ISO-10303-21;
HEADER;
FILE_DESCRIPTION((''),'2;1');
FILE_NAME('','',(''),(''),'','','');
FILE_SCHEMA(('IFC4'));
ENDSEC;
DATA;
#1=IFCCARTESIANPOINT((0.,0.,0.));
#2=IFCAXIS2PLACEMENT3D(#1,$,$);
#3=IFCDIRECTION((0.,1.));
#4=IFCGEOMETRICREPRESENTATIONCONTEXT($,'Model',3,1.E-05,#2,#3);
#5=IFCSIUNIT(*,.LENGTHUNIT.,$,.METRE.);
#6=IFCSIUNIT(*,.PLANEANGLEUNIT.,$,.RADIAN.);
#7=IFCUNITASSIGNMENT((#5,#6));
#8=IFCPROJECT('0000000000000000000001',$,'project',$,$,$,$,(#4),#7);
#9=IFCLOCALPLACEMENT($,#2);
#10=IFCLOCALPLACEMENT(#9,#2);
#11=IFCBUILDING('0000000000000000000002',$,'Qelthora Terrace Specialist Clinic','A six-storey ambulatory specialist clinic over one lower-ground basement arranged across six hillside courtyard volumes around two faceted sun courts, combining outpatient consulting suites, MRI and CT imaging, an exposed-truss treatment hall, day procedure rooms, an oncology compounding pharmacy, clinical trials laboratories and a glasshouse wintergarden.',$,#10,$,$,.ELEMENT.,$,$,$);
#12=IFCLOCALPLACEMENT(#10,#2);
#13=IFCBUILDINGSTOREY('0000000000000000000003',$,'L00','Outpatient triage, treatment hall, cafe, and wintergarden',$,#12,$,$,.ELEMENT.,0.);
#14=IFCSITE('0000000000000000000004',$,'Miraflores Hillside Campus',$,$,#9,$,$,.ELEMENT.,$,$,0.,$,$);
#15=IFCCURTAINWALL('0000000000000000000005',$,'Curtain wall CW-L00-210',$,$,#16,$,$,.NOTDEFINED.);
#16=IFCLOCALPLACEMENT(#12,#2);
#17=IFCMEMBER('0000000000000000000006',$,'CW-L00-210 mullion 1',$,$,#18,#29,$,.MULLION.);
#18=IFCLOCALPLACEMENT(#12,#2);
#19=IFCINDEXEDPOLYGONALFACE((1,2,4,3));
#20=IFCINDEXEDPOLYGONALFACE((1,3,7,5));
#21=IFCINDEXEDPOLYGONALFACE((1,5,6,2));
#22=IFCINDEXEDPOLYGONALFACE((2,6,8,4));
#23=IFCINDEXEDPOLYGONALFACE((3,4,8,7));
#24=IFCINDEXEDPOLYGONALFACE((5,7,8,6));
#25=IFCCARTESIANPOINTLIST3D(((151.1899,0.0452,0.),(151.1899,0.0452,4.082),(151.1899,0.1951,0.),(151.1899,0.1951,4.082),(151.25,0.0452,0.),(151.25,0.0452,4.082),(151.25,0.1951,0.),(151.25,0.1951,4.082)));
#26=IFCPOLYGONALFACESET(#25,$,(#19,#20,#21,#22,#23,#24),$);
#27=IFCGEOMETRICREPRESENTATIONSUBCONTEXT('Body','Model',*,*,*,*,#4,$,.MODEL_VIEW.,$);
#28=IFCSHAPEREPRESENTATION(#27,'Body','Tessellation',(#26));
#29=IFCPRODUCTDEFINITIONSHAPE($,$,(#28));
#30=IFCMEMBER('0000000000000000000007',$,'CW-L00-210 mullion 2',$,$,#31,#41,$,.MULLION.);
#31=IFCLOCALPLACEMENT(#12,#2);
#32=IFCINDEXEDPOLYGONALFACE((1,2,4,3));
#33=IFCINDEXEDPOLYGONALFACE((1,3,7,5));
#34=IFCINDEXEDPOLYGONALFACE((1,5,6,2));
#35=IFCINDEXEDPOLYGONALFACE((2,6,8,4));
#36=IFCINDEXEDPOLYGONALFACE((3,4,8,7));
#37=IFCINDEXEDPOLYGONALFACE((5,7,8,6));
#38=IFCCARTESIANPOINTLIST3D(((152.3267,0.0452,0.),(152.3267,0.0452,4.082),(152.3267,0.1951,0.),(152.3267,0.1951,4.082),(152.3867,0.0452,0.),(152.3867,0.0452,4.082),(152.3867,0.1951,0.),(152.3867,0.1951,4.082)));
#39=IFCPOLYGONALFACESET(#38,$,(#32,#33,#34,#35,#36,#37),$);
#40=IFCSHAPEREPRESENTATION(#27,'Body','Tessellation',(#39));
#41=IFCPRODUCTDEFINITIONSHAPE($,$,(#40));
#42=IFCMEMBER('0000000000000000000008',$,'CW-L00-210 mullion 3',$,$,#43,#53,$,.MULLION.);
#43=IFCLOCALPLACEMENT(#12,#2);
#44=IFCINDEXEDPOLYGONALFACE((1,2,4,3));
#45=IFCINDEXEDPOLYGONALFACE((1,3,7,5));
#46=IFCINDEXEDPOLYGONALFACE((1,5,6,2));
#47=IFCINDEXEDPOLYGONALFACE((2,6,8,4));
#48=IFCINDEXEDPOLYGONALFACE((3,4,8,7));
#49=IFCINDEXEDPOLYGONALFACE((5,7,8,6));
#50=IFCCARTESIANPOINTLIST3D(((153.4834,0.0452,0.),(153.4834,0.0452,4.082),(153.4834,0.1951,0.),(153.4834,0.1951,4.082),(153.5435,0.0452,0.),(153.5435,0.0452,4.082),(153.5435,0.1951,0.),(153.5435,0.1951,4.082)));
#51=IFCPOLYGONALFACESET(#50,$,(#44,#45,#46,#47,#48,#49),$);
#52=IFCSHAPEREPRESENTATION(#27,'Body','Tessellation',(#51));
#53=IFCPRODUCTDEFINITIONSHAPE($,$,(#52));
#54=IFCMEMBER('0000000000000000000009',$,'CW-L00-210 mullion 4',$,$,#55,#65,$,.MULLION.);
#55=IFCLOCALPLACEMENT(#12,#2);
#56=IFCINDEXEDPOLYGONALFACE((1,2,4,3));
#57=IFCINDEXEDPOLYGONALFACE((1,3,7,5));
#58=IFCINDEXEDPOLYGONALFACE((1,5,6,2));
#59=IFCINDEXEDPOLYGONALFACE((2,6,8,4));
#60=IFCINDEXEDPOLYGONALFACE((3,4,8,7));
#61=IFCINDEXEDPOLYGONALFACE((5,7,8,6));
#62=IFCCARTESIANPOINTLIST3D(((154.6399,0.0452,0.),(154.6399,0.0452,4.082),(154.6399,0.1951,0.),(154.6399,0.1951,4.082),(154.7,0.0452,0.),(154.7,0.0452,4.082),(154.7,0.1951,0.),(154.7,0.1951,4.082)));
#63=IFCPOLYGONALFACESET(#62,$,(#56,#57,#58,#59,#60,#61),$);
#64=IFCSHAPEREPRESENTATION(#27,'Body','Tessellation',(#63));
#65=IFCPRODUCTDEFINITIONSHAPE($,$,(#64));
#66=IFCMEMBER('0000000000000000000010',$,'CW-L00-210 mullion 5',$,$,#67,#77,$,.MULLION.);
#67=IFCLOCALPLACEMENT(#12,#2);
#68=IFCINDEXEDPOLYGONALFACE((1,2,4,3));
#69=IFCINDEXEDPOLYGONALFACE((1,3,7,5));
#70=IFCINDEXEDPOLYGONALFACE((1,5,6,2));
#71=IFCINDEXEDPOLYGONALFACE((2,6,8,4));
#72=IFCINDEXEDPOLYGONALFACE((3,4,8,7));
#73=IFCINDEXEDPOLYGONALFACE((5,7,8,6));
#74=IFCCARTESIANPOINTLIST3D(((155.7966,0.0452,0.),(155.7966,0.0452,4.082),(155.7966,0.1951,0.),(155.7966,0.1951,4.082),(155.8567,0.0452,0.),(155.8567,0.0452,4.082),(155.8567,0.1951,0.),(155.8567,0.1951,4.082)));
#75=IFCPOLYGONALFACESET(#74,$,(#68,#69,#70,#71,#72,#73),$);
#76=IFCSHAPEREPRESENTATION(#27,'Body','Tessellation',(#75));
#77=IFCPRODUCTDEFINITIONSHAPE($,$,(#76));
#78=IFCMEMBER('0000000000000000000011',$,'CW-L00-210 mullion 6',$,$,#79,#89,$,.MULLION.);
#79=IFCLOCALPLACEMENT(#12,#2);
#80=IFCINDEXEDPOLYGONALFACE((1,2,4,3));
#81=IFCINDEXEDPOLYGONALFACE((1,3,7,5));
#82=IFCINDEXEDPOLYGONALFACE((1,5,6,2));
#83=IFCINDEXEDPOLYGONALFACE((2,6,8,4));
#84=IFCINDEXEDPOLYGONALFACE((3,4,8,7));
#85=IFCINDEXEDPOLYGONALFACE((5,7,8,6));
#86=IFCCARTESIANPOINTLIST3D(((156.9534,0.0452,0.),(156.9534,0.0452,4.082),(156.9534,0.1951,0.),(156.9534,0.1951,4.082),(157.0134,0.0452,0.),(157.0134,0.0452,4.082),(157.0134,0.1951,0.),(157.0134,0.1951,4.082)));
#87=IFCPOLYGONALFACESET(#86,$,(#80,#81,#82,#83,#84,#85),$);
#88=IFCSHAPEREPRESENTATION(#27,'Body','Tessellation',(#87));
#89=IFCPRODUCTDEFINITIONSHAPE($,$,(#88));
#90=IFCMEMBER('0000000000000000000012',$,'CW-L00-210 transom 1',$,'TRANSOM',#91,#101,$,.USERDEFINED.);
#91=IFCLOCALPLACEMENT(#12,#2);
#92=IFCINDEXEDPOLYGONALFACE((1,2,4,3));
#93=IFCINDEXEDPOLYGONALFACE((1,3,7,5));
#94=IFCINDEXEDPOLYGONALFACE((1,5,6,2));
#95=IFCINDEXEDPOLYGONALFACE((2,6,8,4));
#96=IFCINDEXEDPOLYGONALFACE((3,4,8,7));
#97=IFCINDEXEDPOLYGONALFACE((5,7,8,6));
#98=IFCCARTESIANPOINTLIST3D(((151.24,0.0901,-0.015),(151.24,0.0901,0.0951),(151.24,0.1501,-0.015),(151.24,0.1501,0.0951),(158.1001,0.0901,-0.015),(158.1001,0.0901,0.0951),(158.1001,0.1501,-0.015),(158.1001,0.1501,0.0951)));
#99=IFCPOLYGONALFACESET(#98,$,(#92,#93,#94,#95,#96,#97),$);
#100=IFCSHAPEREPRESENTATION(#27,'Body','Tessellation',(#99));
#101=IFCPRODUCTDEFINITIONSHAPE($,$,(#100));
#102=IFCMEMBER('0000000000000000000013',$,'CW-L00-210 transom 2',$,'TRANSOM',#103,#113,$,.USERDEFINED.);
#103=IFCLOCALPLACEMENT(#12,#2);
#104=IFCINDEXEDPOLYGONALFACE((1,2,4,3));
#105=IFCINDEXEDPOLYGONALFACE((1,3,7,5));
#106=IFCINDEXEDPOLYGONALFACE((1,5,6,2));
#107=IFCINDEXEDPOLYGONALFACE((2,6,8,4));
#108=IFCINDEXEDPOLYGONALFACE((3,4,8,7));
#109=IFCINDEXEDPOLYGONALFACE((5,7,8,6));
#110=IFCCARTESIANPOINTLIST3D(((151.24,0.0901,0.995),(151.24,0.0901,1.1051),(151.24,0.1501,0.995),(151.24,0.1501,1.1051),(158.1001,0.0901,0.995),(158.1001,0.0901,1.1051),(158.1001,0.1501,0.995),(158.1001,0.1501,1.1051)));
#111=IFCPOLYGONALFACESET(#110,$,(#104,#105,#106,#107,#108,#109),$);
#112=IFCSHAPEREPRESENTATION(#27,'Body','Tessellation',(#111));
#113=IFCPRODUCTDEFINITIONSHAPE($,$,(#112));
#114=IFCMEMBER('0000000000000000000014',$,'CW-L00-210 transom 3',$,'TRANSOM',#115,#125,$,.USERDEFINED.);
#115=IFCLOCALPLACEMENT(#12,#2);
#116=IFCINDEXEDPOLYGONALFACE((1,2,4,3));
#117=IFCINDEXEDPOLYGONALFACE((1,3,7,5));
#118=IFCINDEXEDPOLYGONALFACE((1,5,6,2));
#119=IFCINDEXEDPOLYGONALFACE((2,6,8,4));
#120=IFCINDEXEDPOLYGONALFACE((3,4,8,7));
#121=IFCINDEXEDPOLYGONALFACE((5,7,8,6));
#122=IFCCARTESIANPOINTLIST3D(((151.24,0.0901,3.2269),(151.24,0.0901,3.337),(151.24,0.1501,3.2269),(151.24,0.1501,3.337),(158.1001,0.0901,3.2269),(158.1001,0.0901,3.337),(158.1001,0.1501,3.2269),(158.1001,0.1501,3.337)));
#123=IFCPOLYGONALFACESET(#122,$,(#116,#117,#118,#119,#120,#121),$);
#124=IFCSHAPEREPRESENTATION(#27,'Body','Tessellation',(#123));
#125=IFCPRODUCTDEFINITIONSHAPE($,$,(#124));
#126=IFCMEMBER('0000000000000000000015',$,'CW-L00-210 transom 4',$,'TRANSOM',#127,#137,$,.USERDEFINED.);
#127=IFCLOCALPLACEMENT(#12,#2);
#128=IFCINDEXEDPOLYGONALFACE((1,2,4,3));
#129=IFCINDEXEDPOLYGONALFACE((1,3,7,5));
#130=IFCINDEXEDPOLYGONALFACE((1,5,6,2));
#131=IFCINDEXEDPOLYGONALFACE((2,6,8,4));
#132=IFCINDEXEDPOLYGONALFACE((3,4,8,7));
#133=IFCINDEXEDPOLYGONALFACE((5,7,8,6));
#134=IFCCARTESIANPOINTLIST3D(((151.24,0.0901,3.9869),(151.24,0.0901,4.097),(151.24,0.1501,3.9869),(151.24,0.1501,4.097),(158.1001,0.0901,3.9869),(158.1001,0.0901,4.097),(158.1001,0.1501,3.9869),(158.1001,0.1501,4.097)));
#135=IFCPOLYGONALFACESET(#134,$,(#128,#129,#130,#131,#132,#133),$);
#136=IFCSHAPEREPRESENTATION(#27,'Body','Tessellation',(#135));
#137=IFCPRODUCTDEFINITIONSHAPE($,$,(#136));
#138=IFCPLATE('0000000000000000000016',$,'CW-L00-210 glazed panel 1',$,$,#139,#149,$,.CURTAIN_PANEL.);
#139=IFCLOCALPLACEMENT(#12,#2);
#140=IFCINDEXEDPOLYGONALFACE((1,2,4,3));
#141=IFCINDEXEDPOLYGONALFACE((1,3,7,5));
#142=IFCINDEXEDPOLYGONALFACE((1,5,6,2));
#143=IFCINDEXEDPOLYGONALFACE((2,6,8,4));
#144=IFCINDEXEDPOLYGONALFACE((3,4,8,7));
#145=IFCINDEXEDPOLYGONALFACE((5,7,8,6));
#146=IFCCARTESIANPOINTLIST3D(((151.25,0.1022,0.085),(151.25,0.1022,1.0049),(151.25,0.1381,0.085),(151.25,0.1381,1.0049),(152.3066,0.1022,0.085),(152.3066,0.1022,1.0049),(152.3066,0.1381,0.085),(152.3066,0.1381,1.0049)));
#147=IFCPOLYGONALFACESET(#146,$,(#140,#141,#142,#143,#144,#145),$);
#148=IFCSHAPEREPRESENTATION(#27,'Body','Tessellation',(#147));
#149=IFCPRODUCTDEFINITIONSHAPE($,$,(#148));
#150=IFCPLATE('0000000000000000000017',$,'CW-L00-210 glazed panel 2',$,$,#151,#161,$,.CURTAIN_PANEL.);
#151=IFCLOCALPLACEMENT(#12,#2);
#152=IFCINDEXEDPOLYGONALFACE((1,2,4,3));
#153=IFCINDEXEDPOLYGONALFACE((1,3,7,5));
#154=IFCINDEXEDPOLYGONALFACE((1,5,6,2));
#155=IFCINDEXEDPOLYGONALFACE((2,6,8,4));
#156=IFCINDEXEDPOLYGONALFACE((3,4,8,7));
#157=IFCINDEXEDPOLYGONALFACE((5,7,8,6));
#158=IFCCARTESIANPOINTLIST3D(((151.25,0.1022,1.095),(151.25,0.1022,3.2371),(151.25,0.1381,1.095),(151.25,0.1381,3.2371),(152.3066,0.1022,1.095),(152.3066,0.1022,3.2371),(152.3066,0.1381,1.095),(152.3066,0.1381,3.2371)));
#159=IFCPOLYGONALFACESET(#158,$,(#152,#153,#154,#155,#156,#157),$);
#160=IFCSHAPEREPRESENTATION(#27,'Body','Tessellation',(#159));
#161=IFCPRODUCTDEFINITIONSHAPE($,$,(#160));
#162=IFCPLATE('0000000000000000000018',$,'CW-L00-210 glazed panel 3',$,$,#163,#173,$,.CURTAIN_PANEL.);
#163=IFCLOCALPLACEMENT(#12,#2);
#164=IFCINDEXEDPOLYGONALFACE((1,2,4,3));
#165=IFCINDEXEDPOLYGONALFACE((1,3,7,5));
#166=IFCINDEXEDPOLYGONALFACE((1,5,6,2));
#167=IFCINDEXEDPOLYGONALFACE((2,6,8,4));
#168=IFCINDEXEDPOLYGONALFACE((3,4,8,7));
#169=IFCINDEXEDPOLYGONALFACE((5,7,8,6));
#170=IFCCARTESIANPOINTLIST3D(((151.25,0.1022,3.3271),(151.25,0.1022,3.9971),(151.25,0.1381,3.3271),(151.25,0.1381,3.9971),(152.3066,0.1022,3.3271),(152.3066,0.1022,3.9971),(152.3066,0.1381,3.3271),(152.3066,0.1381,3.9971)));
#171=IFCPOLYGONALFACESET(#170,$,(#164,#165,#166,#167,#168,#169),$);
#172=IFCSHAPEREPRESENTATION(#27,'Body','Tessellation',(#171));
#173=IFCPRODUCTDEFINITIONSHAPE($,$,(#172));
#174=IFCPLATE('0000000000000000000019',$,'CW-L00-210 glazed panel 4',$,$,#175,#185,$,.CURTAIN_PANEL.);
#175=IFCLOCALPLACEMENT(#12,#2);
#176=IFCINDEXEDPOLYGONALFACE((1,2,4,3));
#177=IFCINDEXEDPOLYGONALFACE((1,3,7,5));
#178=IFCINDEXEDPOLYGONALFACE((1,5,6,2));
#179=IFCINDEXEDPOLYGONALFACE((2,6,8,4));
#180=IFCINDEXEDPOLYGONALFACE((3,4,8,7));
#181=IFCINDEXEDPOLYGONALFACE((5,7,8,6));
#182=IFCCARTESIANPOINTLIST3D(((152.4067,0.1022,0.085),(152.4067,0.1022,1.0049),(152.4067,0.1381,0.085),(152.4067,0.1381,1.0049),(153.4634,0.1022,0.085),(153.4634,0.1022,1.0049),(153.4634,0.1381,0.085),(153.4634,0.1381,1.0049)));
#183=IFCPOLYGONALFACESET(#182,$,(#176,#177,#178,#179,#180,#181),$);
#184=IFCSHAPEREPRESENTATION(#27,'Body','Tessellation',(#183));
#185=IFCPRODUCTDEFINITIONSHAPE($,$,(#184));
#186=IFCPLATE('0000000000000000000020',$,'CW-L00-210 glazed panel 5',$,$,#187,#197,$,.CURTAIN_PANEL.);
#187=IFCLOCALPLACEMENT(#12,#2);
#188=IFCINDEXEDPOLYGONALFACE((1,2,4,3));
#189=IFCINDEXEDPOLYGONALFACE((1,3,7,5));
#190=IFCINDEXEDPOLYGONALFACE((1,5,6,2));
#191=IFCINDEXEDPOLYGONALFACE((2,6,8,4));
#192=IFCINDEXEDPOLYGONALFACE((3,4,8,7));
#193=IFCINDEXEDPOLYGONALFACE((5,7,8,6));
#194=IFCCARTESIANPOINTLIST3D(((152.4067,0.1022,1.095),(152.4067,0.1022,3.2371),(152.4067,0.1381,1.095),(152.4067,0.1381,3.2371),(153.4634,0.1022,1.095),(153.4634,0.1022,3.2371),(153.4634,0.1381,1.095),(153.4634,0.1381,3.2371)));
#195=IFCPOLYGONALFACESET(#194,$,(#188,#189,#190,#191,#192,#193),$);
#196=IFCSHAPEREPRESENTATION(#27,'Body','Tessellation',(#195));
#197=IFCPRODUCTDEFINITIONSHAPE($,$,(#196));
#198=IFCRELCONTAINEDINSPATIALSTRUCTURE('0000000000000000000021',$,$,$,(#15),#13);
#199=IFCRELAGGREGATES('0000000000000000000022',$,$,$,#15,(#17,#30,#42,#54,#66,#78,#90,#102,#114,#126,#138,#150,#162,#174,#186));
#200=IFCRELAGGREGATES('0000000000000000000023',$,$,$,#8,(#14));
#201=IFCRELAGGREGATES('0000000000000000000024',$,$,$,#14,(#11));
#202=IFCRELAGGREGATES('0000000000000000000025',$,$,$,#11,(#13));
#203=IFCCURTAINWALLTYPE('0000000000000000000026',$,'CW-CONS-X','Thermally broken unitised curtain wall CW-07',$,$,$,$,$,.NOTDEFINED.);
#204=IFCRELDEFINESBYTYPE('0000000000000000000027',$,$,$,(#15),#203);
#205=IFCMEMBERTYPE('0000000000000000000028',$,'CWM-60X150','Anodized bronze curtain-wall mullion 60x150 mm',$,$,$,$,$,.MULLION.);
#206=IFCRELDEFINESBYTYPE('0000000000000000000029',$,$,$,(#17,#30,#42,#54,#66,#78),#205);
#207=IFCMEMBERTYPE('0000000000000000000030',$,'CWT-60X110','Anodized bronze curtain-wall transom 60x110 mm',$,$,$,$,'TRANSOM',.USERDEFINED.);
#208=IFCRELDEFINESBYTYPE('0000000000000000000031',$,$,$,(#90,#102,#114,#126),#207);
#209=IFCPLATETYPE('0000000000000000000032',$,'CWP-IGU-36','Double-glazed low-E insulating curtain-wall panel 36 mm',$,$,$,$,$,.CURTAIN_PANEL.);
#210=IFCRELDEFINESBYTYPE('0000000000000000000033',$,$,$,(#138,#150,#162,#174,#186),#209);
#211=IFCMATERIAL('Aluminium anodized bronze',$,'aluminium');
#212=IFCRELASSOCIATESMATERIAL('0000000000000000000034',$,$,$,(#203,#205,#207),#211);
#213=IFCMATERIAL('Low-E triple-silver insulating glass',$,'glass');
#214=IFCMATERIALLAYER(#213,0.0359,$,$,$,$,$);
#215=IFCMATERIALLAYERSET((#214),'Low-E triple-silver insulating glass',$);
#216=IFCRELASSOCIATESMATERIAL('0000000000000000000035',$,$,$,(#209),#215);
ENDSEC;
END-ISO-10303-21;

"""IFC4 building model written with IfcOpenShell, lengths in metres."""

from ifc_helpers import new_model, si_unit, direction, frame, origin, origin_2d, place, context, subcontext, project, spatial, rectangle, extrude, material, layer, layer_set, material_profile, profile_set, type_object, element, aggregate, save


model = new_model("IFC4")

# Units and contexts
model_context = context("Model", 3, precision=1e-05, world=origin(), true_north=direction((0.0, 1.0)))
body_context = subcontext(model_context, "Body", "Model", "MODEL_VIEW")
ifc_project = project(units=[si_unit("LENGTHUNIT", "METRE"), si_unit("PLANEANGLEUNIT", "RADIAN")], contexts=[model_context])

# Site, building, storey
site_placement = place(None, origin())
site = spatial("IfcSite", under=ifc_project, at=site_placement, Name="Miraflores Hillside Campus", CompositionType="ELEMENT", RefElevation=0.0)
building_placement = place(site_placement, origin())
building = spatial("IfcBuilding", under=site, at=building_placement, Name="Qelthora Terrace Specialist Clinic", Description="A six-storey ambulatory specialist clinic over one lower-ground basement arranged across six hillside courtyard volumes around two faceted sun courts, combining outpatient consulting suites, MRI and CT imaging, an exposed-truss treatment hall, day procedure rooms, an oncology compounding pharmacy, clinical trials laboratories and a glasshouse wintergarden.", CompositionType="ELEMENT")
storey_placement = place(building_placement, origin())
storey = spatial("IfcBuildingStorey", under=building, at=storey_placement, Name="L00", Description="Outpatient triage, treatment hall, cafe, and wintergarden", CompositionType="ELEMENT", Elevation=0.0)

# Curtain wall, members, plates
ifc_material_1 = material(Name="Aluminium anodized bronze", Category="aluminium")
curtain_wall_type = type_object("IfcCurtainWallType", Name="CW-CONS-X", Description="Thermally broken unitised curtain wall CW-07", PredefinedType="NOTDEFINED", material=ifc_material_1)
curtain_wall_placement = place(storey_placement, origin())
curtain_wall = element("IfcCurtainWall", 1, at=curtain_wall_placement, inside=storey, type_object=curtain_wall_type, Name="Curtain wall CW-L00-210", PredefinedType="NOTDEFINED")
ifc_material_profile_1 = material_profile(ifc_material_1, rectangle(XDim=0.0601, YDim=0.1499, at=origin_2d()), Name="CWM60X150")
ifc_profile_set_1 = profile_set([ifc_material_profile_1], Name="Aluminium anodized bronze")
member_type_1 = type_object("IfcMemberType", Name="CWM-60X150", Description="Anodized bronze curtain-wall mullion 60x150 mm", PredefinedType="MULLION", material=ifc_profile_set_1)
member_1_placement = place(storey_placement, frame((151.22, 0.1201, 0.0), z_axis=(0.0, 0.0, 1.0), x_axis=(1.0, 0.0, 0.0)))
member_1 = element("IfcMember", 2, at=member_1_placement, type_object=member_type_1, Name="CW-L00-210 mullion 1", PredefinedType="MULLION", context=body_context, shape_type="SweptSolid", body=[
    extrude(rectangle(XDim=0.0601, YDim=0.1499, at=origin_2d()), origin(), (0.0, 0.0, 1.0), 4.082),
])
member_2_placement = place(storey_placement, frame((152.3567, 0.1201, 0.0), z_axis=(0.0, 0.0, 1.0), x_axis=(1.0, 0.0, 0.0)))
member_2 = element("IfcMember", 3, at=member_2_placement, type_object=member_type_1, Name="CW-L00-210 mullion 2", PredefinedType="MULLION", context=body_context, shape_type="SweptSolid", body=[
    extrude(rectangle(XDim=0.0601, YDim=0.1499, at=origin_2d()), origin(), (0.0, 0.0, 1.0), 4.082),
])
member_3_placement = place(storey_placement, frame((153.5134, 0.1201, 0.0), z_axis=(0.0, 0.0, 1.0), x_axis=(1.0, 0.0, 0.0)))
member_3 = element("IfcMember", 4, at=member_3_placement, type_object=member_type_1, Name="CW-L00-210 mullion 3", PredefinedType="MULLION", context=body_context, shape_type="SweptSolid", body=[
    extrude(rectangle(XDim=0.0601, YDim=0.1499, at=origin_2d()), origin(), (0.0, 0.0, 1.0), 4.082),
])
member_4_placement = place(storey_placement, frame((154.6699, 0.1201, 0.0), z_axis=(0.0, 0.0, 1.0), x_axis=(1.0, 0.0, 0.0)))
member_4 = element("IfcMember", 5, at=member_4_placement, type_object=member_type_1, Name="CW-L00-210 mullion 4", PredefinedType="MULLION", context=body_context, shape_type="SweptSolid", body=[
    extrude(rectangle(XDim=0.0601, YDim=0.1499, at=origin_2d()), origin(), (0.0, 0.0, 1.0), 4.082),
])
member_5_placement = place(storey_placement, frame((155.8267, 0.1201, 0.0), z_axis=(0.0, 0.0, 1.0), x_axis=(1.0, 0.0, 0.0)))
member_5 = element("IfcMember", 6, at=member_5_placement, type_object=member_type_1, Name="CW-L00-210 mullion 5", PredefinedType="MULLION", context=body_context, shape_type="SweptSolid", body=[
    extrude(rectangle(XDim=0.0601, YDim=0.1499, at=origin_2d()), origin(), (0.0, 0.0, 1.0), 4.082),
])
member_6_placement = place(storey_placement, frame((156.9834, 0.1201, 0.0), z_axis=(0.0, 0.0, 1.0), x_axis=(1.0, 0.0, 0.0)))
member_6 = element("IfcMember", 7, at=member_6_placement, type_object=member_type_1, Name="CW-L00-210 mullion 6", PredefinedType="MULLION", context=body_context, shape_type="SweptSolid", body=[
    extrude(rectangle(XDim=0.0601, YDim=0.1499, at=origin_2d()), origin(), (0.0, 0.0, 1.0), 4.082),
])
ifc_material_profile_2 = material_profile(ifc_material_1, rectangle(XDim=0.0601, YDim=0.1101, at=origin_2d()), Name="CWT60X110")
ifc_profile_set_2 = profile_set([ifc_material_profile_2], Name="Aluminium anodized bronze")
member_type_2 = type_object("IfcMemberType", Name="CWT-60X110", Description="Anodized bronze curtain-wall transom 60x110 mm", ElementType="TRANSOM", PredefinedType="USERDEFINED", material=ifc_profile_set_2)
member_7_placement = place(storey_placement, frame((151.24, 0.1201, 0.04), z_axis=(1.0, 0.0, 0.0), x_axis=(0.0, 1.0, 0.0)))
member_7 = element("IfcMember", 8, at=member_7_placement, type_object=member_type_2, Name="CW-L00-210 transom 1", ObjectType="TRANSOM", PredefinedType="USERDEFINED", context=body_context, shape_type="SweptSolid", body=[
    extrude(rectangle(XDim=0.0601, YDim=0.1101, at=origin_2d()), origin(), (0.0, 0.0, 1.0), 6.8601),
])
member_8_placement = place(storey_placement, frame((151.24, 0.1201, 1.05), z_axis=(1.0, 0.0, 0.0), x_axis=(0.0, 1.0, 0.0)))
member_8 = element("IfcMember", 9, at=member_8_placement, type_object=member_type_2, Name="CW-L00-210 transom 2", ObjectType="TRANSOM", PredefinedType="USERDEFINED", context=body_context, shape_type="SweptSolid", body=[
    extrude(rectangle(XDim=0.0601, YDim=0.1101, at=origin_2d()), origin(), (0.0, 0.0, 1.0), 6.8601),
])
member_9_placement = place(storey_placement, frame((151.24, 0.1201, 3.282), z_axis=(1.0, 0.0, 0.0), x_axis=(0.0, 1.0, 0.0)))
member_9 = element("IfcMember", 10, at=member_9_placement, type_object=member_type_2, Name="CW-L00-210 transom 3", ObjectType="TRANSOM", PredefinedType="USERDEFINED", context=body_context, shape_type="SweptSolid", body=[
    extrude(rectangle(XDim=0.0601, YDim=0.1101, at=origin_2d()), origin(), (0.0, 0.0, 1.0), 6.8601),
])
member_10_placement = place(storey_placement, frame((151.24, 0.1201, 4.042), z_axis=(1.0, 0.0, 0.0), x_axis=(0.0, 1.0, 0.0)))
member_10 = element("IfcMember", 11, at=member_10_placement, type_object=member_type_2, Name="CW-L00-210 transom 4", ObjectType="TRANSOM", PredefinedType="USERDEFINED", context=body_context, shape_type="SweptSolid", body=[
    extrude(rectangle(XDim=0.0601, YDim=0.1101, at=origin_2d()), origin(), (0.0, 0.0, 1.0), 6.8601),
])
ifc_material_2 = material(Name="Low-E triple-silver insulating glass", Category="glass")
ifc_layer = layer(ifc_material_2, 0.0359)
ifc_layer_set = layer_set([ifc_layer], Name="Low-E triple-silver insulating glass")
plate_type = type_object("IfcPlateType", Name="CWP-IGU-36", Description="Double-glazed low-E insulating curtain-wall panel 36 mm", PredefinedType="CURTAIN_PANEL", material=ifc_layer_set)
plate_1_placement = place(storey_placement, frame((151.7783, 0.1201, 0.085), z_axis=(0.0, 0.0, 1.0), x_axis=(1.0, 0.0, 0.0)))
plate_1 = element("IfcPlate", 12, at=plate_1_placement, type_object=plate_type, Name="CW-L00-210 glazed panel 1", PredefinedType="CURTAIN_PANEL", context=body_context, shape_type="SweptSolid", body=[
    extrude(rectangle(XDim=1.0566, YDim=0.0359, at=origin_2d()), origin(), (0.0, 0.0, 1.0), 0.9199),
])
plate_2_placement = place(storey_placement, frame((151.7783, 0.1201, 1.095), z_axis=(0.0, 0.0, 1.0), x_axis=(1.0, 0.0, 0.0)))
plate_2 = element("IfcPlate", 13, at=plate_2_placement, type_object=plate_type, Name="CW-L00-210 glazed panel 2", PredefinedType="CURTAIN_PANEL", context=body_context, shape_type="SweptSolid", body=[
    extrude(rectangle(XDim=1.0566, YDim=0.0359, at=origin_2d()), origin(), (0.0, 0.0, 1.0), 2.1421),
])
plate_3_placement = place(storey_placement, frame((151.7783, 0.1201, 3.3271), z_axis=(0.0, 0.0, 1.0), x_axis=(1.0, 0.0, 0.0)))
plate_3 = element("IfcPlate", 14, at=plate_3_placement, type_object=plate_type, Name="CW-L00-210 glazed panel 3", PredefinedType="CURTAIN_PANEL", context=body_context, shape_type="SweptSolid", body=[
    extrude(rectangle(XDim=1.0566, YDim=0.0359, at=origin_2d()), origin(), (0.0, 0.0, 1.0), 0.6699),
])
plate_4_placement = place(storey_placement, frame((152.9351, 0.1201, 0.085), z_axis=(0.0, 0.0, 1.0), x_axis=(1.0, 0.0, 0.0)))
plate_4 = element("IfcPlate", 15, at=plate_4_placement, type_object=plate_type, Name="CW-L00-210 glazed panel 4", PredefinedType="CURTAIN_PANEL", context=body_context, shape_type="SweptSolid", body=[
    extrude(rectangle(XDim=1.0566, YDim=0.0359, at=origin_2d()), origin(), (0.0, 0.0, 1.0), 0.9199),
])
plate_5_placement = place(storey_placement, frame((152.9351, 0.1201, 1.095), z_axis=(0.0, 0.0, 1.0), x_axis=(1.0, 0.0, 0.0)))
plate_5 = element("IfcPlate", 16, at=plate_5_placement, type_object=plate_type, Name="CW-L00-210 glazed panel 5", PredefinedType="CURTAIN_PANEL", context=body_context, shape_type="SweptSolid", body=[
    extrude(rectangle(XDim=1.0566, YDim=0.0359, at=origin_2d()), origin(), (0.0, 0.0, 1.0), 2.1421),
])
aggregate(curtain_wall, [member_1, member_2, member_3, member_4, member_5, member_6, member_7, member_8, member_9, member_10, plate_1, plate_2, plate_3, plate_4, plate_5])

save(model, "model.ifc")
